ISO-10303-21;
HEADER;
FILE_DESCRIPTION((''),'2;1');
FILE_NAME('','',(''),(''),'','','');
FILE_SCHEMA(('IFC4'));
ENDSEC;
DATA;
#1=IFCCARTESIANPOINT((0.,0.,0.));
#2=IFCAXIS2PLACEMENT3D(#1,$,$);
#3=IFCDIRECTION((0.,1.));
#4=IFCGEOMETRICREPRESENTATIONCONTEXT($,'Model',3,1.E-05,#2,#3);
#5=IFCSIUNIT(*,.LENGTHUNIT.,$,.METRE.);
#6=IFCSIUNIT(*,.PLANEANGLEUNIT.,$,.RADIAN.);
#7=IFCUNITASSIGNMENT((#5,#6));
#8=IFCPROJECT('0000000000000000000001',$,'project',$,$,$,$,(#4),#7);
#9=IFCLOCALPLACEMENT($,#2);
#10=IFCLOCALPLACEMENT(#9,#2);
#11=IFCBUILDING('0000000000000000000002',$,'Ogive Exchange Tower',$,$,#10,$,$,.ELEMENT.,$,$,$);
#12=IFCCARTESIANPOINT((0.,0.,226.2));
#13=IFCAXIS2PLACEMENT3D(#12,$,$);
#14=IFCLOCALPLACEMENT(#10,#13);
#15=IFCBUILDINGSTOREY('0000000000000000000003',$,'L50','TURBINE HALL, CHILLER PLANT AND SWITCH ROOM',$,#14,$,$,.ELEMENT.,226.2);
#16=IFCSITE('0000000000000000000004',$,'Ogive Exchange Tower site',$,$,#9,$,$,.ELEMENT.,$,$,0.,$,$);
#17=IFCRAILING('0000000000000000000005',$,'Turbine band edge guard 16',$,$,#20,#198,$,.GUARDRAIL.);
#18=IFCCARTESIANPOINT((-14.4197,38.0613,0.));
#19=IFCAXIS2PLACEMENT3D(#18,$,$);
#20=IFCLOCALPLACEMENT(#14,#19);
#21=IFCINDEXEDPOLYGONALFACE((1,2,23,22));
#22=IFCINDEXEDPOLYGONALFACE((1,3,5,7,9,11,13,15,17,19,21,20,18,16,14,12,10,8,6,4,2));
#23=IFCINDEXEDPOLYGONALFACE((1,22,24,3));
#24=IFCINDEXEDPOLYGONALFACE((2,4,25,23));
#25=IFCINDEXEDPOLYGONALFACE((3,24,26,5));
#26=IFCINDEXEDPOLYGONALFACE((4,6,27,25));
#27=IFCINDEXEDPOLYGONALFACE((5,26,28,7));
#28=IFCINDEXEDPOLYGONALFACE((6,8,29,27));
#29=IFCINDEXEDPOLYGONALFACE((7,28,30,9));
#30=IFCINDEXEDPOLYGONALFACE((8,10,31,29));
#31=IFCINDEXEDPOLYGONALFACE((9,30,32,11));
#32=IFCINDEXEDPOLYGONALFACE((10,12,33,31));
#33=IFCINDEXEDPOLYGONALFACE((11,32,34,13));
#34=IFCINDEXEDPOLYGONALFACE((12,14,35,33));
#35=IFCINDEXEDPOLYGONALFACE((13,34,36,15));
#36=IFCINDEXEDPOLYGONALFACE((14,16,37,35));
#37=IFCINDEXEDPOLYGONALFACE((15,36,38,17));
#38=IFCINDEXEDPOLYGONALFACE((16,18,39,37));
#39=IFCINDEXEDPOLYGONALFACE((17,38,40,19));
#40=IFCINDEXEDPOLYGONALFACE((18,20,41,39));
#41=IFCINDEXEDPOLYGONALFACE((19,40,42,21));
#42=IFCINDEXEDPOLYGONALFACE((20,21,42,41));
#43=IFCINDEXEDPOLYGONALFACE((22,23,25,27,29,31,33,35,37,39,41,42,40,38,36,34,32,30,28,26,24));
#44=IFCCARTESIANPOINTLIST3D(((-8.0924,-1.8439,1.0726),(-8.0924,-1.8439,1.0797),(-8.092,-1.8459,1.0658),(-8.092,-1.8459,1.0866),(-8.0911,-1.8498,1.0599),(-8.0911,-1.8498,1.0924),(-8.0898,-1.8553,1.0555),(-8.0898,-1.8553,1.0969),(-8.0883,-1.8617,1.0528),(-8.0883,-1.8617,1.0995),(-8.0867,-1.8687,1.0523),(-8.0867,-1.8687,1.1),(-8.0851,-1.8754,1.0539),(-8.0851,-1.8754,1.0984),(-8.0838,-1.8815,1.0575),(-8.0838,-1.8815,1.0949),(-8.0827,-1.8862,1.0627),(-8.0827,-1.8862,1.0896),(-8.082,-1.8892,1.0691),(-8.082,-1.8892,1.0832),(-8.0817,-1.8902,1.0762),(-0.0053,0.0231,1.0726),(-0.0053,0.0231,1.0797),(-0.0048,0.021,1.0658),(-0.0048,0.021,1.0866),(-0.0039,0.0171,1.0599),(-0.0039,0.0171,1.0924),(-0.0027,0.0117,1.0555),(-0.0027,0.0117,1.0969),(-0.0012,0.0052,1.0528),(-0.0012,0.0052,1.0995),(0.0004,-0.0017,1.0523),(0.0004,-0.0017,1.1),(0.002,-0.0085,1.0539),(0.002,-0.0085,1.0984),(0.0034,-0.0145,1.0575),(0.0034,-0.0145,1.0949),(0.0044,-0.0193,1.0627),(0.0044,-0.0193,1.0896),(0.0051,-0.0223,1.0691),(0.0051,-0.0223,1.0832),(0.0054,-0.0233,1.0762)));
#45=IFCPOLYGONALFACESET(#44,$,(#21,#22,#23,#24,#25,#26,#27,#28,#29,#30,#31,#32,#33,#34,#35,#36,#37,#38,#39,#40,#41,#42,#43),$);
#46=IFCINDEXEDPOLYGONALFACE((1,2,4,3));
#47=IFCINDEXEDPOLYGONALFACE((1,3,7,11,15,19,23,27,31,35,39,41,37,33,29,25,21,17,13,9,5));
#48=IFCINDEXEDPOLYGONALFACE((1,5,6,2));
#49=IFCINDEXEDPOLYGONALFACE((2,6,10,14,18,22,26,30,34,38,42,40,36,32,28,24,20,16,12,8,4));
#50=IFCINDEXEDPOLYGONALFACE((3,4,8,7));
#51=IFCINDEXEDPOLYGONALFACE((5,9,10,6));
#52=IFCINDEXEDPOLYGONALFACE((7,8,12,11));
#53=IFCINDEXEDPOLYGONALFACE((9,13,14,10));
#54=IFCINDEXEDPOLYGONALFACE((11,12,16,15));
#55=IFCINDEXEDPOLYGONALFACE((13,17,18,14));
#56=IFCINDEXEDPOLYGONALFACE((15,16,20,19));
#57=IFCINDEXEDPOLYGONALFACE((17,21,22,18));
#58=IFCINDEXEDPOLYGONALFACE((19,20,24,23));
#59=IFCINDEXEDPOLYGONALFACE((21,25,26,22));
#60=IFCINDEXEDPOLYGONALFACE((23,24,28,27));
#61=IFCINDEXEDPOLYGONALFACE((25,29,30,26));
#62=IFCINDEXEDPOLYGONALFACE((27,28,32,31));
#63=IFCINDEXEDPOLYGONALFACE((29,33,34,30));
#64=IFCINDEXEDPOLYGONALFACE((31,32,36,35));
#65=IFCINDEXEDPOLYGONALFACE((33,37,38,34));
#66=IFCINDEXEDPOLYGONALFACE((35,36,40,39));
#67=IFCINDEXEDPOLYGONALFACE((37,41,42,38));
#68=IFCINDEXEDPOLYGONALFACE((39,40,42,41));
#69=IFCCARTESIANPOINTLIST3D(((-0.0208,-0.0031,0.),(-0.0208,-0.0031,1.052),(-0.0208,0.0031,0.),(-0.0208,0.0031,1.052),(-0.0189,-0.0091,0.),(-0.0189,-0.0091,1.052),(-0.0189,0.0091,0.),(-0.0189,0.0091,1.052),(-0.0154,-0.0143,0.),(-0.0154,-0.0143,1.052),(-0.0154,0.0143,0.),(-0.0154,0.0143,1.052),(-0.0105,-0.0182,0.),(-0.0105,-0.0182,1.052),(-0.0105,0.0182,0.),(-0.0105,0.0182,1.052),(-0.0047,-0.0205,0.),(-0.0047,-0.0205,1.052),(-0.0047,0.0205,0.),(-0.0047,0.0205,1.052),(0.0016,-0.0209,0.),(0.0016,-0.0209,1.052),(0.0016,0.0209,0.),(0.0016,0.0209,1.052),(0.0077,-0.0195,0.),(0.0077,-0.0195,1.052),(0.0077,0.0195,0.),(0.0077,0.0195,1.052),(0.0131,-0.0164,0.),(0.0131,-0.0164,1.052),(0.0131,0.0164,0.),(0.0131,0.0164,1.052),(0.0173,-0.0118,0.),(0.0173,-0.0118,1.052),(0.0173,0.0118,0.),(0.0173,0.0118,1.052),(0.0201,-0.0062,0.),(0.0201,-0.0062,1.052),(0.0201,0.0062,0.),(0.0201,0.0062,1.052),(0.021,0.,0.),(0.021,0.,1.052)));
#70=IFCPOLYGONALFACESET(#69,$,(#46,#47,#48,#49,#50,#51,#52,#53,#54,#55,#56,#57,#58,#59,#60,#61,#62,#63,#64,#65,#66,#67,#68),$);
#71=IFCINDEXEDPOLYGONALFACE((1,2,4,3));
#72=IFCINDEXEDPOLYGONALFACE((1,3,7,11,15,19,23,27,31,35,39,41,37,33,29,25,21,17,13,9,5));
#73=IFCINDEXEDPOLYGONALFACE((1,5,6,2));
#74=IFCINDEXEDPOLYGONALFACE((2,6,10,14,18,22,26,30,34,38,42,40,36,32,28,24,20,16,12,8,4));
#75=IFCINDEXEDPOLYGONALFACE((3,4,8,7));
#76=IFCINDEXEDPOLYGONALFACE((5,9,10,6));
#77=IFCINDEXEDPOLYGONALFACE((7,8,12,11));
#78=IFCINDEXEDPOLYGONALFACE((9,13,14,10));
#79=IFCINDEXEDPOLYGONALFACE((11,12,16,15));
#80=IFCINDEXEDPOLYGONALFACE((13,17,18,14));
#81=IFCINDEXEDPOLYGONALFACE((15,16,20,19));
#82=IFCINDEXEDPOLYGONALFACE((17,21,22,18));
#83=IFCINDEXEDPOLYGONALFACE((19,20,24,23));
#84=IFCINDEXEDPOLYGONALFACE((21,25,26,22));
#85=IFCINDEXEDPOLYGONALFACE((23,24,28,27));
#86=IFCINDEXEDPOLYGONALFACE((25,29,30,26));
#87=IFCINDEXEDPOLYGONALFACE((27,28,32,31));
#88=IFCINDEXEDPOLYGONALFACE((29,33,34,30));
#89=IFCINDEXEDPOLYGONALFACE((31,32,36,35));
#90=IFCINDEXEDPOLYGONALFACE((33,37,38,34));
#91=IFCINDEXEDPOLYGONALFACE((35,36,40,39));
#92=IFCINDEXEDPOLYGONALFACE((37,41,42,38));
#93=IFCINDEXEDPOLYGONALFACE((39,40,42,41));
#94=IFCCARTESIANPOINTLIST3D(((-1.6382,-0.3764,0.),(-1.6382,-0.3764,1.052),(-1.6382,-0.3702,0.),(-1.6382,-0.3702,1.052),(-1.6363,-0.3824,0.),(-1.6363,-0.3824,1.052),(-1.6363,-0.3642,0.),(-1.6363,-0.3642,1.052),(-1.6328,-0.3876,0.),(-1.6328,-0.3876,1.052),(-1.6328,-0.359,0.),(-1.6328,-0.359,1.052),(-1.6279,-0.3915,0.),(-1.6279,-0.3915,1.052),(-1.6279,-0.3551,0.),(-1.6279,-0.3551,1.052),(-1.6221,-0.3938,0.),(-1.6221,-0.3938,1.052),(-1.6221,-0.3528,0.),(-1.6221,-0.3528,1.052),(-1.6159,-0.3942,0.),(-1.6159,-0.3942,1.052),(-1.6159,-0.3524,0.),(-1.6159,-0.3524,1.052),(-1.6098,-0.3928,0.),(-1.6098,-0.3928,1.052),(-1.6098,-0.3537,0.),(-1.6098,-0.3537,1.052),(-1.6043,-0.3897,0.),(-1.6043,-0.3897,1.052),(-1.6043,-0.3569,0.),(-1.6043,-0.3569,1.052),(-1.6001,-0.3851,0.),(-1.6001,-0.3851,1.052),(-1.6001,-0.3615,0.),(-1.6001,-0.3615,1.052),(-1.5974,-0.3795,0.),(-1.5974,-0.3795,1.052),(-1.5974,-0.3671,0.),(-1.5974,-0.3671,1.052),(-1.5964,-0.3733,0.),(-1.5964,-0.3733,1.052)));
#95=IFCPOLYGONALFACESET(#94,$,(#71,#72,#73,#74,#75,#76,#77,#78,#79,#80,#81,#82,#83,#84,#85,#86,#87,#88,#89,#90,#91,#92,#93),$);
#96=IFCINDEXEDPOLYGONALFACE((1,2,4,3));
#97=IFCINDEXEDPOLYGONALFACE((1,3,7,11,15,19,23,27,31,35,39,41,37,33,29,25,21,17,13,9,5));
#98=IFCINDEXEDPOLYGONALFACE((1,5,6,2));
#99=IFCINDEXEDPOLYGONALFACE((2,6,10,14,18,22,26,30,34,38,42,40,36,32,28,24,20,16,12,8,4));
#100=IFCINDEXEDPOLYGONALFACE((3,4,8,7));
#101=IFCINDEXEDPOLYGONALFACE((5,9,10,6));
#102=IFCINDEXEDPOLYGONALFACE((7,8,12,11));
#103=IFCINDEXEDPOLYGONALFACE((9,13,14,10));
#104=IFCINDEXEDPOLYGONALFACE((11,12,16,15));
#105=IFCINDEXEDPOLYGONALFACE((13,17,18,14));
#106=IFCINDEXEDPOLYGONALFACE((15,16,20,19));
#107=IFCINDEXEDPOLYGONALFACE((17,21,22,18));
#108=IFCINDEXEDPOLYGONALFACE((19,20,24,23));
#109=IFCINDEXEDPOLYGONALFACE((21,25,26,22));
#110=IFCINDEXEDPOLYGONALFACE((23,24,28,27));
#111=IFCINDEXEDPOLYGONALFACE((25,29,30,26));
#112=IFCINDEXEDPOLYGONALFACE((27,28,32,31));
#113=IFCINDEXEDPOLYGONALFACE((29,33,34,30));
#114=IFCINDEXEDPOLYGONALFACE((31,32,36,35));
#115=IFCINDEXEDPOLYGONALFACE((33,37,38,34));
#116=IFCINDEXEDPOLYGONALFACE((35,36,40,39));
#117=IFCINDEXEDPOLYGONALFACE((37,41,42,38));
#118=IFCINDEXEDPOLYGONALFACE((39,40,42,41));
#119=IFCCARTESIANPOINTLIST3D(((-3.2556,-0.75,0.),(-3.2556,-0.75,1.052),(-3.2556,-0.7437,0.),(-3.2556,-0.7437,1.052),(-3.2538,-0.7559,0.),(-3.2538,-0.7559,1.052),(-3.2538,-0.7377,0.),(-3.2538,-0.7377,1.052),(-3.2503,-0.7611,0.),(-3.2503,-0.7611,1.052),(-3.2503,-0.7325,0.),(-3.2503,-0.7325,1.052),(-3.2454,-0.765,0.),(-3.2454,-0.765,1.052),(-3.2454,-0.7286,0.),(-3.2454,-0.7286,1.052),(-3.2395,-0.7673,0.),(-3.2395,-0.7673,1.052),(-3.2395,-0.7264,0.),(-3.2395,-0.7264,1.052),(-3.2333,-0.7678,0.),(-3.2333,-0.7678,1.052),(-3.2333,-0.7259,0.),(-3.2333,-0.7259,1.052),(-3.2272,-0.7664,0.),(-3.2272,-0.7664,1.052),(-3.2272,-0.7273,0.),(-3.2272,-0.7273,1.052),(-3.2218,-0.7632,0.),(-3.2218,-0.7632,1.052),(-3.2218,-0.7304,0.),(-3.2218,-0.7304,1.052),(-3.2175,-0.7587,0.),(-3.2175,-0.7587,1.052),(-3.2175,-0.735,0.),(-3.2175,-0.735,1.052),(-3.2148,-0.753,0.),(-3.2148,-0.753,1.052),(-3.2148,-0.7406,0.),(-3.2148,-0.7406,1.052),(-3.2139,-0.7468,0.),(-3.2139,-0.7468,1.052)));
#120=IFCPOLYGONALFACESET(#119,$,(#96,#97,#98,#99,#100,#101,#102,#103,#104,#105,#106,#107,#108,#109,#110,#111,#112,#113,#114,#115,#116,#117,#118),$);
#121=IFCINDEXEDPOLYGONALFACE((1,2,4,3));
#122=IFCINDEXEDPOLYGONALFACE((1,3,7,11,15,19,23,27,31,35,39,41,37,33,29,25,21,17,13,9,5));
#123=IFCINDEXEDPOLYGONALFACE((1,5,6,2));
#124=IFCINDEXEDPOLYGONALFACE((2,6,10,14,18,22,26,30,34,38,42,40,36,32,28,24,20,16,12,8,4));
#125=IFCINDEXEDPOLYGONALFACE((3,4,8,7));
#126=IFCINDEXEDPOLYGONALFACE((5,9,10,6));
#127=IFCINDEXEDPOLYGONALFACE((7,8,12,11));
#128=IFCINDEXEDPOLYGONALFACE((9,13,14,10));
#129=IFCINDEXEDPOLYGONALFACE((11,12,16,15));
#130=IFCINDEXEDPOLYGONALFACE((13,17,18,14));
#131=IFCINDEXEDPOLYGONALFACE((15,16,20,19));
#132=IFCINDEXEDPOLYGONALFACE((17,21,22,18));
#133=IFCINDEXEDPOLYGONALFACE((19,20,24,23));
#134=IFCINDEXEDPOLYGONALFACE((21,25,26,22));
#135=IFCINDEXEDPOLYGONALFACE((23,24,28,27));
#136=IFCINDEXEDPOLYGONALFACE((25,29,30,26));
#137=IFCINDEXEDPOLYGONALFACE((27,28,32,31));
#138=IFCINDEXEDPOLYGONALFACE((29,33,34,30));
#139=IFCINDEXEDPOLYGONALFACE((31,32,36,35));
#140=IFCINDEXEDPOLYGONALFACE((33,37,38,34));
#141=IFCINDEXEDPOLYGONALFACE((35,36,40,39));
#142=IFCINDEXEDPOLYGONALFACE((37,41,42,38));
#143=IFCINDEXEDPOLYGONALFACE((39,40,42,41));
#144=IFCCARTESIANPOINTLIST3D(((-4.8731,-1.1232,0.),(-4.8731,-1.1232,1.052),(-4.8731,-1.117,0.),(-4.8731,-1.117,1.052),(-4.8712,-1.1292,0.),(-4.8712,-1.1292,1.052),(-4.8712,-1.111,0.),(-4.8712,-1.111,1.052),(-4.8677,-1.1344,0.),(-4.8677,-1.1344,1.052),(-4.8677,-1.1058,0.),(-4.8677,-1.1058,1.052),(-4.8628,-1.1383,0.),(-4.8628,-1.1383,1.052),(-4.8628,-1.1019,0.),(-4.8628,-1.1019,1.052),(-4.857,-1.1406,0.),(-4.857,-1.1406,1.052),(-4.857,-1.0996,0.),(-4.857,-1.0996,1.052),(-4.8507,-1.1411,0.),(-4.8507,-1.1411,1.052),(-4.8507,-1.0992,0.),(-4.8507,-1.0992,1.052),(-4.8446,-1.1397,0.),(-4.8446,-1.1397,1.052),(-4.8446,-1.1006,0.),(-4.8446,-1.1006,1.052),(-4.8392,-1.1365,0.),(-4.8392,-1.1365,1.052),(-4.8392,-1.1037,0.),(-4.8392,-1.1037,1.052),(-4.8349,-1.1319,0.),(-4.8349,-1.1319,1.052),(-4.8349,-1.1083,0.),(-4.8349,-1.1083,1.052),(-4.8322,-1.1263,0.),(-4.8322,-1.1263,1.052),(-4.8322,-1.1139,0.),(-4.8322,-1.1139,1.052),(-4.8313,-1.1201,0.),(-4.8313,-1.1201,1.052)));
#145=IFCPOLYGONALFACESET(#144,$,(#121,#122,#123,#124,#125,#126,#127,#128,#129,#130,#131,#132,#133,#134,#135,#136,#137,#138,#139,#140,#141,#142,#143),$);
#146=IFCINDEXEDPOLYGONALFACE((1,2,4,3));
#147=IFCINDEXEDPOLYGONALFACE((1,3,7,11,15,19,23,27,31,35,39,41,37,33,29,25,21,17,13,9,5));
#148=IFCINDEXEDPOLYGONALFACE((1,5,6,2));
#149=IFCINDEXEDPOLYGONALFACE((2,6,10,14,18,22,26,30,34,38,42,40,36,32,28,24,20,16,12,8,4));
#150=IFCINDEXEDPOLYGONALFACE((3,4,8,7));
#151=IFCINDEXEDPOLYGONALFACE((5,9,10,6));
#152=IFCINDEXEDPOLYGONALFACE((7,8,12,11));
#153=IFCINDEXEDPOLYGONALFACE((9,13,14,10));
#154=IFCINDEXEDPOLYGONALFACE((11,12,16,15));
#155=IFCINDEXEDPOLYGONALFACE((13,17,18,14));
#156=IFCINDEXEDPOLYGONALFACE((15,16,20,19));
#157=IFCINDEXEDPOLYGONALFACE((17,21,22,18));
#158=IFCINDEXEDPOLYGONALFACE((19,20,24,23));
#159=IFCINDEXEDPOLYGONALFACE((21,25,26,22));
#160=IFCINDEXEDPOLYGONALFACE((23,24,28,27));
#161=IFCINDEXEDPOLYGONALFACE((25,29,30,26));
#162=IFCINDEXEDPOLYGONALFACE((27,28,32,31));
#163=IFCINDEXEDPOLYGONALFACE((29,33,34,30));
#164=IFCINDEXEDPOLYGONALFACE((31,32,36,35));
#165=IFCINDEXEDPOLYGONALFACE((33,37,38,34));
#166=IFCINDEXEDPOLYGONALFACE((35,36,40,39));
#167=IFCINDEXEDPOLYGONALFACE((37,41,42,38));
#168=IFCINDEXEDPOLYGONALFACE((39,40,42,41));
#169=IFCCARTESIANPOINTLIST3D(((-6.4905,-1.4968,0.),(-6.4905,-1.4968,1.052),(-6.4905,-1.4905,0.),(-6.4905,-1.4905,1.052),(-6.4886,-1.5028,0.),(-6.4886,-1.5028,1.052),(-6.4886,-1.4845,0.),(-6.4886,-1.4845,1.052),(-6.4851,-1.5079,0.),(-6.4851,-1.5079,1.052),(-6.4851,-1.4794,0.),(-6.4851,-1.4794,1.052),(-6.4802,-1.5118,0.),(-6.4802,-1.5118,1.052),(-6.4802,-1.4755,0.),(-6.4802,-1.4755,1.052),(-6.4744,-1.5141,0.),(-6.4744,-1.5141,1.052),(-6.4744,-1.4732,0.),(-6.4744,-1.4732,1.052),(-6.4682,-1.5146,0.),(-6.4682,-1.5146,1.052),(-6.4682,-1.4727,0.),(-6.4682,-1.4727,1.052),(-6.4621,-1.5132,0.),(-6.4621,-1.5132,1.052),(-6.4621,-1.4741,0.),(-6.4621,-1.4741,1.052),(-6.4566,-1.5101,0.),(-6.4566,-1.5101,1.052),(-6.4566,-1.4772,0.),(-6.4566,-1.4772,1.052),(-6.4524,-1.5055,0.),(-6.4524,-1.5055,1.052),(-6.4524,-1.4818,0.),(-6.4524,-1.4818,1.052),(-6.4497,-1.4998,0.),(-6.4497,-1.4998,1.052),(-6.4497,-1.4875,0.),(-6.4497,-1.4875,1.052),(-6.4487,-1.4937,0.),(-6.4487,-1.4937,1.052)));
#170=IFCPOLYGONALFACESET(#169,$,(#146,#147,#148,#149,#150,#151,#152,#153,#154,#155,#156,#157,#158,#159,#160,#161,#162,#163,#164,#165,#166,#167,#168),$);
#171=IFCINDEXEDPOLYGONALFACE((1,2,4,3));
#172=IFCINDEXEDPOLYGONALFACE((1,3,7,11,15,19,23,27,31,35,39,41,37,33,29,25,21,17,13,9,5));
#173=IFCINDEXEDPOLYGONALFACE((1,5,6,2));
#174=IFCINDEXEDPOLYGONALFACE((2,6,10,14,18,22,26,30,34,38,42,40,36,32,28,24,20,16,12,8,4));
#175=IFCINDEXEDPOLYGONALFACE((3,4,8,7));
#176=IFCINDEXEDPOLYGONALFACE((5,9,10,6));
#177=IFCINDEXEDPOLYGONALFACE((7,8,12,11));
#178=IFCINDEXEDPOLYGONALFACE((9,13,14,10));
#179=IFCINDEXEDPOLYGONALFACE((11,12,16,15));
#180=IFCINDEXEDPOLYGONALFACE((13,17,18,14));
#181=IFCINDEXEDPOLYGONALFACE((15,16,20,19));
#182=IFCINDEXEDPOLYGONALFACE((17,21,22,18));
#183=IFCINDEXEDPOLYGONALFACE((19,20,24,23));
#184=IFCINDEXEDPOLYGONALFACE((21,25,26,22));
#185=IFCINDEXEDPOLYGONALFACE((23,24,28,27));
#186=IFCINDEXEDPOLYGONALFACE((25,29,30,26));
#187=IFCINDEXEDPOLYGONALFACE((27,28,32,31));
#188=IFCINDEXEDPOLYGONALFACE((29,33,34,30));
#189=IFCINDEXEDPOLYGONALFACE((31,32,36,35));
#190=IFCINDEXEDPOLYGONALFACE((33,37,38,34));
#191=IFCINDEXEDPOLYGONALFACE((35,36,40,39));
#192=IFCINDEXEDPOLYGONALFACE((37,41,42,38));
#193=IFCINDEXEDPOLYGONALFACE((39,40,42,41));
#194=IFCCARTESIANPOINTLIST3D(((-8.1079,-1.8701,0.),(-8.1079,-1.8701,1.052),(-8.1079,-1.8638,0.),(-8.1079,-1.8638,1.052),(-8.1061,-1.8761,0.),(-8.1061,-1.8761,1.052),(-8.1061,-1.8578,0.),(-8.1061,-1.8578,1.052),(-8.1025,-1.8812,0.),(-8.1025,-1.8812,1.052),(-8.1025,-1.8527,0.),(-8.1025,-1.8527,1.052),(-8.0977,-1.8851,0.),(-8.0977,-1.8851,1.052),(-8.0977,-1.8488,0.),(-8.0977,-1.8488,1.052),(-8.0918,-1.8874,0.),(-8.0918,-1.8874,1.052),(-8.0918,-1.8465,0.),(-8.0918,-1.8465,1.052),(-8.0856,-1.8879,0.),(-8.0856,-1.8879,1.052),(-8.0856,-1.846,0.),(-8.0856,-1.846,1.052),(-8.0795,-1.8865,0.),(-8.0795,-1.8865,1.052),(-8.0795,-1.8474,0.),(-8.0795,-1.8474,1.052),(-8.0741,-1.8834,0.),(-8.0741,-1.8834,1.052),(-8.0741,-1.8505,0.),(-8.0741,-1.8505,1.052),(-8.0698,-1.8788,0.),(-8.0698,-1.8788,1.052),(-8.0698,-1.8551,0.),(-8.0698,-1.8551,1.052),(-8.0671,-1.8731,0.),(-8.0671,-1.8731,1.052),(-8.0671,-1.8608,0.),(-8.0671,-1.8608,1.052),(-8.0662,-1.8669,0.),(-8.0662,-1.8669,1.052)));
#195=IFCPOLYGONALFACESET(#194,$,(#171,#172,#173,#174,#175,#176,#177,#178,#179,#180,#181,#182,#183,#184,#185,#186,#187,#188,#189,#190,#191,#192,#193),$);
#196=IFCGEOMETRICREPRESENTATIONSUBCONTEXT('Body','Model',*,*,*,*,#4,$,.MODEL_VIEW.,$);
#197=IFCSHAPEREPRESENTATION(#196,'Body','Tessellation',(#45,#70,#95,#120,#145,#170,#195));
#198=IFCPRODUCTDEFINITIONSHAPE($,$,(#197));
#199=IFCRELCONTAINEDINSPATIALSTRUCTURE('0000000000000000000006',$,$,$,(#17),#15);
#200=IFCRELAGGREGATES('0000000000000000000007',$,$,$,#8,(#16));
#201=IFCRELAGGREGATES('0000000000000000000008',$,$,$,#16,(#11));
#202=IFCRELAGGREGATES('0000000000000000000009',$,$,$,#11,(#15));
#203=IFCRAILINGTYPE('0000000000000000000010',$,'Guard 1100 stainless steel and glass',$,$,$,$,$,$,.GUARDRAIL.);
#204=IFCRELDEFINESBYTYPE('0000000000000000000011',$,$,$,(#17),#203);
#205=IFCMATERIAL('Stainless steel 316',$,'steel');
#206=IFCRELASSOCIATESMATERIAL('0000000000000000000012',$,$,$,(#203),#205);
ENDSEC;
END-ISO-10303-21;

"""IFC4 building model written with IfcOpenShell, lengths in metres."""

from ifc_helpers import new_model, si_unit, direction, frame, origin, origin_2d, place, context, subcontext, project, spatial, circle, extrude, material, type_object, element, save


model = new_model("IFC4")

# Units and contexts
model_context = context("Model", 3, precision=1e-05, world=origin(), true_north=direction((0.0, 1.0)))
body_context = subcontext(model_context, "Body", "Model", "MODEL_VIEW")
ifc_project = project(units=[si_unit("LENGTHUNIT", "METRE"), si_unit("PLANEANGLEUNIT", "RADIAN")], contexts=[model_context])

# Site, building, storey
site_placement = place(None, origin())
site = spatial("IfcSite", under=ifc_project, at=site_placement, Name="Ogive Exchange Tower site", CompositionType="ELEMENT", RefElevation=0.0)
building_placement = place(site_placement, origin())
building = spatial("IfcBuilding", under=site, at=building_placement, Name="Ogive Exchange Tower", CompositionType="ELEMENT")
storey_placement = place(building_placement, frame((0.0, 0.0, 226.2)))
storey = spatial("IfcBuildingStorey", under=building, at=storey_placement, Name="L50", Description="TURBINE HALL, CHILLER PLANT AND SWITCH ROOM", CompositionType="ELEMENT", Elevation=226.2)

# Railing
ifc_material_1 = material(Name="Stainless steel 316", Category="steel")
railing_type = type_object("IfcRailingType", Name="Guard 1100 stainless steel and glass", PredefinedType="GUARDRAIL", material=ifc_material_1)
railing_1_placement = place(storey_placement, frame((-14.4197, 38.0613, 0.0)))
element("IfcRailing", 1, at=railing_1_placement, inside=storey, type_object=railing_type, Name="Turbine band edge guard 16", PredefinedType="GUARDRAIL", context=body_context, shape_type="SweptSolid", body=[
    extrude(circle(Radius=0.0239, at=origin_2d()), frame((0.0, 0.0, 1.0762), z_axis=(-0.974373, -0.224937, 0.0), x_axis=(0.224937, -0.974373, 0.0)), (0.0, 0.0, 1.0), 8.2998),
    extrude(circle(Radius=0.021, at=origin_2d()), origin(), (0.0, 0.0, 1.0), 1.052),
    extrude(circle(Radius=0.021, at=origin_2d()), frame((-1.6174, -0.3733, 0.0)), (0.0, 0.0, 1.0), 1.052),
    extrude(circle(Radius=0.021, at=origin_2d()), frame((-3.2349, -0.7468, 0.0)), (0.0, 0.0, 1.0), 1.052),
    extrude(circle(Radius=0.021, at=origin_2d()), frame((-4.8523, -1.1201, 0.0)), (0.0, 0.0, 1.0), 1.052),
    extrude(circle(Radius=0.021, at=origin_2d()), frame((-6.4697, -1.4937, 0.0)), (0.0, 0.0, 1.0), 1.052),
    extrude(circle(Radius=0.021, at=origin_2d()), frame((-8.0872, -1.8669, 0.0)), (0.0, 0.0, 1.0), 1.052),
])

save(model, "model.ifc")
